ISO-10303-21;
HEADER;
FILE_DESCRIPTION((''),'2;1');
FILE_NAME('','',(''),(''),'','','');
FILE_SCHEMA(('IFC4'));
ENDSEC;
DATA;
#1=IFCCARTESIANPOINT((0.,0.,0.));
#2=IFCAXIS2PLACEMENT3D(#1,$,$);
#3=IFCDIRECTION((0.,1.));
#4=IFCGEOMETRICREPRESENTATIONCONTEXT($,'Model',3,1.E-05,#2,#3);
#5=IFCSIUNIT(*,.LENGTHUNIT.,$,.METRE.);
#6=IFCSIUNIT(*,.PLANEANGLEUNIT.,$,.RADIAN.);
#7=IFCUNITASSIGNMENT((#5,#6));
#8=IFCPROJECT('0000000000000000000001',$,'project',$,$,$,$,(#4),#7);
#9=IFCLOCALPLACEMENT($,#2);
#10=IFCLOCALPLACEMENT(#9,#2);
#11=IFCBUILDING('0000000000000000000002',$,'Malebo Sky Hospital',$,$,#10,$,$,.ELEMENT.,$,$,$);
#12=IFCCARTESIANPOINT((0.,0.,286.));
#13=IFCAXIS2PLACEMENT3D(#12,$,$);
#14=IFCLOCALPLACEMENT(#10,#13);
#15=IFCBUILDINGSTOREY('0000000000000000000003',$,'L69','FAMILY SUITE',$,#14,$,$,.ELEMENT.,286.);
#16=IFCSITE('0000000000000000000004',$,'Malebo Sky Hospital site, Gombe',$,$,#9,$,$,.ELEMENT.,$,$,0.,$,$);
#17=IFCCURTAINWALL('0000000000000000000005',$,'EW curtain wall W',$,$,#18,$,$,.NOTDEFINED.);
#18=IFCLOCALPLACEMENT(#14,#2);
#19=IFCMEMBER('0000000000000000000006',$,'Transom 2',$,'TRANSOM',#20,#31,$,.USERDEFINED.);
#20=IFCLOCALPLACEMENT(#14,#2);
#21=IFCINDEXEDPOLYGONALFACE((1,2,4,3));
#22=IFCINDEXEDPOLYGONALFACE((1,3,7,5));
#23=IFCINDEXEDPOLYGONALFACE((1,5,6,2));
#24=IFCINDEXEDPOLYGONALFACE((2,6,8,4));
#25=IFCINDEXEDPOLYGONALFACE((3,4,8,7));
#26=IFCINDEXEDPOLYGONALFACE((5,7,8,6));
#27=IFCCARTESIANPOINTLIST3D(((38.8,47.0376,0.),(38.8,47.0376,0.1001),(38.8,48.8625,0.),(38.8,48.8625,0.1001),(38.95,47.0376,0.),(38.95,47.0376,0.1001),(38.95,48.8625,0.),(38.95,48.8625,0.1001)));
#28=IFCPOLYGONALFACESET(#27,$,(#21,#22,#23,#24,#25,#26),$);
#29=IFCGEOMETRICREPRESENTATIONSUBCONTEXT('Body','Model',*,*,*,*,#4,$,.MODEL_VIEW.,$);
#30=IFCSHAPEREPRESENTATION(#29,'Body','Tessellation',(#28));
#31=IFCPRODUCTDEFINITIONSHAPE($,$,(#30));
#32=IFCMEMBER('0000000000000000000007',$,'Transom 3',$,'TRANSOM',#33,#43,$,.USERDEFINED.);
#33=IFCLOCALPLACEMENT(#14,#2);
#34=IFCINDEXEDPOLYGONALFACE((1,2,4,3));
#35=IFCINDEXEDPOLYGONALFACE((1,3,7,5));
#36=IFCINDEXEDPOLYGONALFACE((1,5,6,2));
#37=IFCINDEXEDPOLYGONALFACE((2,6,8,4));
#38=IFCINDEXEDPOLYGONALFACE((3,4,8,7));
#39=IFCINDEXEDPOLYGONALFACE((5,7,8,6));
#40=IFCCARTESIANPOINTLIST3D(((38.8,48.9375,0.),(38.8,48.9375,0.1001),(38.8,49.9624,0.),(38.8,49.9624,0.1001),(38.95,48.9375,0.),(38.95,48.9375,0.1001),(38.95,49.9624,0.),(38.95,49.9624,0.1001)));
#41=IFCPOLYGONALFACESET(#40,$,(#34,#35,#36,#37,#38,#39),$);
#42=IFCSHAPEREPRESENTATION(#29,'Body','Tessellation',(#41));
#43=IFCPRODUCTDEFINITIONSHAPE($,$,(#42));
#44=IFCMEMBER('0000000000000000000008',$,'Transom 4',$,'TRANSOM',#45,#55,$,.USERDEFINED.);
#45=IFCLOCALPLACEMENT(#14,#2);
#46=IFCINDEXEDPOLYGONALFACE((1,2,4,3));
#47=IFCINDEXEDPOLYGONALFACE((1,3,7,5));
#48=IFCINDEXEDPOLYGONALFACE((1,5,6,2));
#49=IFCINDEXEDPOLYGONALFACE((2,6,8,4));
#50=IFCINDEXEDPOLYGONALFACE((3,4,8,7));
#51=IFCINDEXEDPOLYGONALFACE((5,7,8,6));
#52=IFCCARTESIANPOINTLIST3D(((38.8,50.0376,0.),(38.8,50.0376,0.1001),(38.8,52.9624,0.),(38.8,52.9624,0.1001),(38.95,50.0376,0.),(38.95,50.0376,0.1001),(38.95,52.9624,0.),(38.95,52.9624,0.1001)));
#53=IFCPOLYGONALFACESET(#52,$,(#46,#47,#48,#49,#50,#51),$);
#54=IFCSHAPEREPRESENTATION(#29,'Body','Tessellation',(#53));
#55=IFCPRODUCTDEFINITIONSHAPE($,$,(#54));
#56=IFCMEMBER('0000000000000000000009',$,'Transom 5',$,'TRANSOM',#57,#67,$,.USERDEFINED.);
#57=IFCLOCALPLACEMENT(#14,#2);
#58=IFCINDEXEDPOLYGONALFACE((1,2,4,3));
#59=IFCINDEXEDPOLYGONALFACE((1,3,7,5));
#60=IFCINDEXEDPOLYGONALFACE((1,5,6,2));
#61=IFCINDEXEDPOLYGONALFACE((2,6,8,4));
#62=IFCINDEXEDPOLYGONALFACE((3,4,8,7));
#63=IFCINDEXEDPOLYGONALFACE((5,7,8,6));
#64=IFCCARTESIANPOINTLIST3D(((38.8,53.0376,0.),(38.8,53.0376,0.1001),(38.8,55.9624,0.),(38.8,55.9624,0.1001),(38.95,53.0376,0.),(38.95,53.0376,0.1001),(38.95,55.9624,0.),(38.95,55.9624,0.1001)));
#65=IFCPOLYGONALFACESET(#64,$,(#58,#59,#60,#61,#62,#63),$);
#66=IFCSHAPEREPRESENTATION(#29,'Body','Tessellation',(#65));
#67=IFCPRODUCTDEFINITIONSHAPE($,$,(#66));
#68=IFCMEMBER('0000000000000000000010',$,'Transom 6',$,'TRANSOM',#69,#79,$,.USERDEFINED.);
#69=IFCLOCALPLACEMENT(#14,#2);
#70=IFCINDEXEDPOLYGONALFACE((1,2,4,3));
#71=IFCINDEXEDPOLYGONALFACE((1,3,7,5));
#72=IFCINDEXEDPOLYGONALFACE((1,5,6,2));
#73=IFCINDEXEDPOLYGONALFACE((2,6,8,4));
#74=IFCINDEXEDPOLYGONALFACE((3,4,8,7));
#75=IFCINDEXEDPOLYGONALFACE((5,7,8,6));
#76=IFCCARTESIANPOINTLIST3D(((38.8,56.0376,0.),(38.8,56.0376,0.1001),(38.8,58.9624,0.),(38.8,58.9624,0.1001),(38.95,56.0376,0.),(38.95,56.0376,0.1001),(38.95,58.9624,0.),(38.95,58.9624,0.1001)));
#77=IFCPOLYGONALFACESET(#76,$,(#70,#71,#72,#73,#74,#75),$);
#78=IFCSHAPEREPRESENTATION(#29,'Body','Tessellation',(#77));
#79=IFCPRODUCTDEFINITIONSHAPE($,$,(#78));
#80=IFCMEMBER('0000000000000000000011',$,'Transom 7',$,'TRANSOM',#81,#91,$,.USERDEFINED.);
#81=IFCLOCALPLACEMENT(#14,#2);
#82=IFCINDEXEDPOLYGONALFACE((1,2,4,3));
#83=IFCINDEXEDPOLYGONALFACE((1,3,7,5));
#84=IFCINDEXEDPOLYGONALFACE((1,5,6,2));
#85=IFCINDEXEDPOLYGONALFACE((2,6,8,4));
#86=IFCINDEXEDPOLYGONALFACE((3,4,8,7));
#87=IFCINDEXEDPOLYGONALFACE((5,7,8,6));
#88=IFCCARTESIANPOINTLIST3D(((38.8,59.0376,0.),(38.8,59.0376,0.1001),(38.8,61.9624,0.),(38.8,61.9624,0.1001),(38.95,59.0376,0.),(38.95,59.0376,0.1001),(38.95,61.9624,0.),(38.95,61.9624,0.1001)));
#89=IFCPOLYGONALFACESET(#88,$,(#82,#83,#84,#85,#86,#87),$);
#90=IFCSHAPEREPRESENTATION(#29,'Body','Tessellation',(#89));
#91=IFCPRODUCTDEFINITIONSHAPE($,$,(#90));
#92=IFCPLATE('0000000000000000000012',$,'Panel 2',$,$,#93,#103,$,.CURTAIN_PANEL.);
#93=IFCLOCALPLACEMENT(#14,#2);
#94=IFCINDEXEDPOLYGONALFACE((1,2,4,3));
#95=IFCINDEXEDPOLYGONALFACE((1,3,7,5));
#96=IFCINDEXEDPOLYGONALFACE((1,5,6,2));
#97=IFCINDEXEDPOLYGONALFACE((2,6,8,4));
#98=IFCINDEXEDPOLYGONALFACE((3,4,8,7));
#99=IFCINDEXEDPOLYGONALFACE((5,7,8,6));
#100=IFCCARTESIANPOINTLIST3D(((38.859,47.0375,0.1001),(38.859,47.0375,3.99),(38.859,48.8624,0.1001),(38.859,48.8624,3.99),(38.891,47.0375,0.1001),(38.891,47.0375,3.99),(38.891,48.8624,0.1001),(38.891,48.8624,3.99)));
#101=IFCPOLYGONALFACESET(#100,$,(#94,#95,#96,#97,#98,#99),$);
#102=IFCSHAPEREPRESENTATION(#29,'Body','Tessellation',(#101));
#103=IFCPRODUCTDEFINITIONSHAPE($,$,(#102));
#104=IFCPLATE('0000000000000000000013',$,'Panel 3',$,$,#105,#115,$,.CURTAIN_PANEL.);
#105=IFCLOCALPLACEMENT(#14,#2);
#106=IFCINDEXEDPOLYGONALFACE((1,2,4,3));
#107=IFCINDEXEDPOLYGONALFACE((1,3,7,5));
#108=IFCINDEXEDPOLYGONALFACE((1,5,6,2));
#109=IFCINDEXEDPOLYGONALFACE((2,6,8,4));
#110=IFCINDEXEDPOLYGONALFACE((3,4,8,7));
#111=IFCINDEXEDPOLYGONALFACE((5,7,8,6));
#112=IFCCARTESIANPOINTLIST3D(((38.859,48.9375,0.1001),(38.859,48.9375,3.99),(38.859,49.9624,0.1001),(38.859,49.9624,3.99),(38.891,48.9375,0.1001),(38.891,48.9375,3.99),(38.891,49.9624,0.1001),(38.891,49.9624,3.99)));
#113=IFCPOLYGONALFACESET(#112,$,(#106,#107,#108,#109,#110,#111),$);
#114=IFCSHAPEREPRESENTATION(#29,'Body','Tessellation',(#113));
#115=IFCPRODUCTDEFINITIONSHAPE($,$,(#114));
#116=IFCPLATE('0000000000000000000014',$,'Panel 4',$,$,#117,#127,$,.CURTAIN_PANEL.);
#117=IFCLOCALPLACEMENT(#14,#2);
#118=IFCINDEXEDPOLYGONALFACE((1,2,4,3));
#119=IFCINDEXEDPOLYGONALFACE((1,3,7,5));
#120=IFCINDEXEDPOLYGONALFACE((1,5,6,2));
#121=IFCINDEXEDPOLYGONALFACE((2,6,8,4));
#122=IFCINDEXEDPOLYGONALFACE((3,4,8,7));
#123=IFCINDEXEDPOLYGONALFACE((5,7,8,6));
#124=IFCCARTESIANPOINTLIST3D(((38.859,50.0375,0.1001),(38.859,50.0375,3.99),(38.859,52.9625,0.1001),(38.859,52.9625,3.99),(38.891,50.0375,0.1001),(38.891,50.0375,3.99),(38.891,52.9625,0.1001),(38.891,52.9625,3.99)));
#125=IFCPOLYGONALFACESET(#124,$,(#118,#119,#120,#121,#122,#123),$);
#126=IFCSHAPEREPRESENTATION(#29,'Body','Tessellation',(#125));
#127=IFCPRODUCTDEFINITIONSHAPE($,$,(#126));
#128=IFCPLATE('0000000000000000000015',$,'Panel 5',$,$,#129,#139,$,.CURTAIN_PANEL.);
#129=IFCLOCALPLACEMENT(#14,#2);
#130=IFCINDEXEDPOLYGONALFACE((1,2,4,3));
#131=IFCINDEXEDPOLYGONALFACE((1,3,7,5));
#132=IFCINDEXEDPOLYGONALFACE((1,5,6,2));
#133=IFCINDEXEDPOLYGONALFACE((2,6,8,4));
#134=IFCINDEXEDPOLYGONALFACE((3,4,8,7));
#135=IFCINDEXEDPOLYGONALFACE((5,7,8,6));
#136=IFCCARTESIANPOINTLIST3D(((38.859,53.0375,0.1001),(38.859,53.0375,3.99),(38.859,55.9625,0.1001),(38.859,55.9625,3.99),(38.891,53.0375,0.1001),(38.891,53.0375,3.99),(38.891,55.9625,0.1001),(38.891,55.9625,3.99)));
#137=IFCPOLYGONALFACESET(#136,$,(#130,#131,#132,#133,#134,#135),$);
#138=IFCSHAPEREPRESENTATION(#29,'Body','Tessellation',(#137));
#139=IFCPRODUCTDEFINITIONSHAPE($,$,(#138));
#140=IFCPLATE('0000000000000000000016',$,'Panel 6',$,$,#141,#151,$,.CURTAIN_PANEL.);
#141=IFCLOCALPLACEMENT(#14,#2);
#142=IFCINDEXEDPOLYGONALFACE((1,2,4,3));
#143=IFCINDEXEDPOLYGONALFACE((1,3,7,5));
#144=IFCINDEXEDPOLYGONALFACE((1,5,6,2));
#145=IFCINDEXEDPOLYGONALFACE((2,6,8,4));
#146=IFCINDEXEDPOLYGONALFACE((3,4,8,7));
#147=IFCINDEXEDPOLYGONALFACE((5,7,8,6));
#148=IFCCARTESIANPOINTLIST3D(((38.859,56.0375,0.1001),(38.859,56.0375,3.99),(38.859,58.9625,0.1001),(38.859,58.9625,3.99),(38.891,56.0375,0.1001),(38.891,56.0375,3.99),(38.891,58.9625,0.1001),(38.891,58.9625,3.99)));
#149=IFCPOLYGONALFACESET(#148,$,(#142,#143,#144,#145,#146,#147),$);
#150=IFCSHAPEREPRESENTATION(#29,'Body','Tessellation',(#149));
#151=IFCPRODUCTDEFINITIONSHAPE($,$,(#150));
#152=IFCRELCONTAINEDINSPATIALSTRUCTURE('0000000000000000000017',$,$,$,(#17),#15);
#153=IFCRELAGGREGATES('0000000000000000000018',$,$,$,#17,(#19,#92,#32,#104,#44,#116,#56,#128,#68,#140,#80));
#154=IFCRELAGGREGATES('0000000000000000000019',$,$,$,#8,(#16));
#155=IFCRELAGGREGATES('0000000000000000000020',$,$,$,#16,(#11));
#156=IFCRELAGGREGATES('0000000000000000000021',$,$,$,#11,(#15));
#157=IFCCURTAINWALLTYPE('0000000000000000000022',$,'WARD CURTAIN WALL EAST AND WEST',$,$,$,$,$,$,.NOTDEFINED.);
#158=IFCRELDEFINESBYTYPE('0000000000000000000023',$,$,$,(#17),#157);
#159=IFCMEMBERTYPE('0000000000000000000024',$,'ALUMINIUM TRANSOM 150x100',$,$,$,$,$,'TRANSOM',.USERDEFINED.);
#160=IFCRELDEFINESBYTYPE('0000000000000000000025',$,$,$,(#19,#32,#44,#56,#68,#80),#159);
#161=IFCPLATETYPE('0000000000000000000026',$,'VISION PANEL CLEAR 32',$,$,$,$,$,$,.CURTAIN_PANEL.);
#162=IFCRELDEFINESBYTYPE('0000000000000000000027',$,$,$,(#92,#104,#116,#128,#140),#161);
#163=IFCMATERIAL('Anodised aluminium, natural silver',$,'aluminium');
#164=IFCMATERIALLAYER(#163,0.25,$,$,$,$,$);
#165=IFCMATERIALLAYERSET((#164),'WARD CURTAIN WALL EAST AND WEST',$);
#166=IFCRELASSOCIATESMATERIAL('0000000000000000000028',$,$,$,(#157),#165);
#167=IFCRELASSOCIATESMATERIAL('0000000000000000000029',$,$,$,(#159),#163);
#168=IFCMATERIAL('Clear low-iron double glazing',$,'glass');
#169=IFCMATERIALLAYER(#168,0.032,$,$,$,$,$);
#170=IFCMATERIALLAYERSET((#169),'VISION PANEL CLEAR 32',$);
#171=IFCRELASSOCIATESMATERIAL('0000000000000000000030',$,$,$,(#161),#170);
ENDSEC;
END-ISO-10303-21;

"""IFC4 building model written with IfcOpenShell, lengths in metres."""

from ifc_helpers import new_model, si_unit, direction, frame, origin, origin_2d, place, context, subcontext, project, spatial, rectangle, extrude, material, layer, layer_set, material_profile, profile_set, type_object, element, aggregate, save


model = new_model("IFC4")

# Units and contexts
model_context = context("Model", 3, precision=1e-05, world=origin(), true_north=direction((0.0, 1.0)))
body_context = subcontext(model_context, "Body", "Model", "MODEL_VIEW")
ifc_project = project(units=[si_unit("LENGTHUNIT", "METRE"), si_unit("PLANEANGLEUNIT", "RADIAN")], contexts=[model_context])

# Site, building, storey
site_placement = place(None, origin())
site = spatial("IfcSite", under=ifc_project, at=site_placement, Name="Malebo Sky Hospital site, Gombe", CompositionType="ELEMENT", RefElevation=0.0)
building_placement = place(site_placement, origin())
building = spatial("IfcBuilding", under=site, at=building_placement, Name="Malebo Sky Hospital", CompositionType="ELEMENT")
storey_placement = place(building_placement, frame((0.0, 0.0, 286.0)))
storey = spatial("IfcBuildingStorey", under=building, at=storey_placement, Name="L69", Description="FAMILY SUITE", CompositionType="ELEMENT", Elevation=286.0)

# Curtain wall, members, plates
ifc_material_1 = material(Name="Anodised aluminium, natural silver", Category="aluminium")
ifc_layer_1 = layer(ifc_material_1, 0.25)
ifc_layer_set_1 = layer_set([ifc_layer_1], Name="WARD CURTAIN WALL EAST AND WEST")
curtain_wall_type = type_object("IfcCurtainWallType", Name="WARD CURTAIN WALL EAST AND WEST", PredefinedType="NOTDEFINED", material=ifc_layer_set_1)
curtain_wall_placement = place(storey_placement, origin())
curtain_wall = element("IfcCurtainWall", 1, at=curtain_wall_placement, inside=storey, type_object=curtain_wall_type, Name="EW curtain wall W", PredefinedType="NOTDEFINED")
ifc_material_profile = material_profile(ifc_material_1, rectangle(XDim=0.1499, YDim=0.1001, at=origin_2d()), Name="ALUMINIUM TRANSOM 150x100")
ifc_profile_set = profile_set([ifc_material_profile], Name="Anodised aluminium, natural silver")
member_type = type_object("IfcMemberType", Name="ALUMINIUM TRANSOM 150x100", ElementType="TRANSOM", PredefinedType="USERDEFINED", material=ifc_profile_set)
member_1_placement = place(storey_placement, frame((38.875, 47.0376, 0.05), z_axis=(0.0, 1.0, 0.0), x_axis=(-1.0, 0.0, 0.0)))
member_1 = element("IfcMember", 2, at=member_1_placement, type_object=member_type, Name="Transom 2", ObjectType="TRANSOM", PredefinedType="USERDEFINED", context=body_context, shape_type="SweptSolid", body=[
    extrude(rectangle(XDim=0.1499, YDim=0.1001, at=origin_2d()), origin(), (0.0, 0.0, 1.0), 1.825),
])
member_2_placement = place(storey_placement, frame((38.875, 48.9375, 0.05), z_axis=(0.0, 1.0, 0.0), x_axis=(-1.0, 0.0, 0.0)))
member_2 = element("IfcMember", 3, at=member_2_placement, type_object=member_type, Name="Transom 3", ObjectType="TRANSOM", PredefinedType="USERDEFINED", context=body_context, shape_type="SweptSolid", body=[
    extrude(rectangle(XDim=0.1499, YDim=0.1001, at=origin_2d()), origin(), (0.0, 0.0, 1.0), 1.0249),
])
member_3_placement = place(storey_placement, frame((38.875, 50.0376, 0.05), z_axis=(0.0, 1.0, 0.0), x_axis=(-1.0, 0.0, 0.0)))
member_3 = element("IfcMember", 4, at=member_3_placement, type_object=member_type, Name="Transom 4", ObjectType="TRANSOM", PredefinedType="USERDEFINED", context=body_context, shape_type="SweptSolid", body=[
    extrude(rectangle(XDim=0.1499, YDim=0.1001, at=origin_2d()), origin(), (0.0, 0.0, 1.0), 2.9248),
])
member_4_placement = place(storey_placement, frame((38.875, 53.0376, 0.05), z_axis=(0.0, 1.0, 0.0), x_axis=(-1.0, 0.0, 0.0)))
member_4 = element("IfcMember", 5, at=member_4_placement, type_object=member_type, Name="Transom 5", ObjectType="TRANSOM", PredefinedType="USERDEFINED", context=body_context, shape_type="SweptSolid", body=[
    extrude(rectangle(XDim=0.1499, YDim=0.1001, at=origin_2d()), origin(), (0.0, 0.0, 1.0), 2.9248),
])
member_5_placement = place(storey_placement, frame((38.875, 56.0376, 0.05), z_axis=(0.0, 1.0, 0.0), x_axis=(-1.0, 0.0, 0.0)))
member_5 = element("IfcMember", 6, at=member_5_placement, type_object=member_type, Name="Transom 6", ObjectType="TRANSOM", PredefinedType="USERDEFINED", context=body_context, shape_type="SweptSolid", body=[
    extrude(rectangle(XDim=0.1499, YDim=0.1001, at=origin_2d()), origin(), (0.0, 0.0, 1.0), 2.9248),
])
member_6_placement = place(storey_placement, frame((38.875, 59.0376, 0.05), z_axis=(0.0, 1.0, 0.0), x_axis=(-1.0, 0.0, 0.0)))
member_6 = element("IfcMember", 7, at=member_6_placement, type_object=member_type, Name="Transom 7", ObjectType="TRANSOM", PredefinedType="USERDEFINED", context=body_context, shape_type="SweptSolid", body=[
    extrude(rectangle(XDim=0.1499, YDim=0.1001, at=origin_2d()), origin(), (0.0, 0.0, 1.0), 2.9248),
])
ifc_material_2 = material(Name="Clear low-iron double glazing", Category="glass")
ifc_layer_2 = layer(ifc_material_2, 0.032)
ifc_layer_set_2 = layer_set([ifc_layer_2], Name="VISION PANEL CLEAR 32")
plate_type = type_object("IfcPlateType", Name="VISION PANEL CLEAR 32", PredefinedType="CURTAIN_PANEL", material=ifc_layer_set_2)
plate_1_placement = place(storey_placement, frame((38.875, 47.95, 0.1001), z_axis=(0.0, 0.0, 1.0), x_axis=(0.0, 1.0, 0.0)))
plate_1 = element("IfcPlate", 8, at=plate_1_placement, type_object=plate_type, Name="Panel 2", PredefinedType="CURTAIN_PANEL", context=body_context, shape_type="SweptSolid", body=[
    extrude(rectangle(XDim=1.825, YDim=0.032, at=origin_2d()), origin(), (0.0, 0.0, 1.0), 3.8899),
])
plate_2_placement = place(storey_placement, frame((38.875, 49.45, 0.1001), z_axis=(0.0, 0.0, 1.0), x_axis=(0.0, 1.0, 0.0)))
plate_2 = element("IfcPlate", 9, at=plate_2_placement, type_object=plate_type, Name="Panel 3", PredefinedType="CURTAIN_PANEL", context=body_context, shape_type="SweptSolid", body=[
    extrude(rectangle(XDim=1.0249, YDim=0.032, at=origin_2d()), origin(), (0.0, 0.0, 1.0), 3.8899),
])
plate_3_placement = place(storey_placement, frame((38.875, 51.5, 0.1001), z_axis=(0.0, 0.0, 1.0), x_axis=(0.0, 1.0, 0.0)))
plate_3 = element("IfcPlate", 10, at=plate_3_placement, type_object=plate_type, Name="Panel 4", PredefinedType="CURTAIN_PANEL", context=body_context, shape_type="SweptSolid", body=[
    extrude(rectangle(XDim=2.925, YDim=0.032, at=origin_2d()), origin(), (0.0, 0.0, 1.0), 3.8899),
])
plate_4_placement = place(storey_placement, frame((38.875, 54.5, 0.1001), z_axis=(0.0, 0.0, 1.0), x_axis=(0.0, 1.0, 0.0)))
plate_4 = element("IfcPlate", 11, at=plate_4_placement, type_object=plate_type, Name="Panel 5", PredefinedType="CURTAIN_PANEL", context=body_context, shape_type="SweptSolid", body=[
    extrude(rectangle(XDim=2.925, YDim=0.032, at=origin_2d()), origin(), (0.0, 0.0, 1.0), 3.8899),
])
plate_5_placement = place(storey_placement, frame((38.875, 57.5, 0.1001), z_axis=(0.0, 0.0, 1.0), x_axis=(0.0, 1.0, 0.0)))
plate_5 = element("IfcPlate", 12, at=plate_5_placement, type_object=plate_type, Name="Panel 6", PredefinedType="CURTAIN_PANEL", context=body_context, shape_type="SweptSolid", body=[
    extrude(rectangle(XDim=2.925, YDim=0.032, at=origin_2d()), origin(), (0.0, 0.0, 1.0), 3.8899),
])
aggregate(curtain_wall, [member_1, plate_1, member_2, plate_2, member_3, plate_3, member_4, plate_4, member_5, plate_5, member_6])

save(model, "model.ifc")
